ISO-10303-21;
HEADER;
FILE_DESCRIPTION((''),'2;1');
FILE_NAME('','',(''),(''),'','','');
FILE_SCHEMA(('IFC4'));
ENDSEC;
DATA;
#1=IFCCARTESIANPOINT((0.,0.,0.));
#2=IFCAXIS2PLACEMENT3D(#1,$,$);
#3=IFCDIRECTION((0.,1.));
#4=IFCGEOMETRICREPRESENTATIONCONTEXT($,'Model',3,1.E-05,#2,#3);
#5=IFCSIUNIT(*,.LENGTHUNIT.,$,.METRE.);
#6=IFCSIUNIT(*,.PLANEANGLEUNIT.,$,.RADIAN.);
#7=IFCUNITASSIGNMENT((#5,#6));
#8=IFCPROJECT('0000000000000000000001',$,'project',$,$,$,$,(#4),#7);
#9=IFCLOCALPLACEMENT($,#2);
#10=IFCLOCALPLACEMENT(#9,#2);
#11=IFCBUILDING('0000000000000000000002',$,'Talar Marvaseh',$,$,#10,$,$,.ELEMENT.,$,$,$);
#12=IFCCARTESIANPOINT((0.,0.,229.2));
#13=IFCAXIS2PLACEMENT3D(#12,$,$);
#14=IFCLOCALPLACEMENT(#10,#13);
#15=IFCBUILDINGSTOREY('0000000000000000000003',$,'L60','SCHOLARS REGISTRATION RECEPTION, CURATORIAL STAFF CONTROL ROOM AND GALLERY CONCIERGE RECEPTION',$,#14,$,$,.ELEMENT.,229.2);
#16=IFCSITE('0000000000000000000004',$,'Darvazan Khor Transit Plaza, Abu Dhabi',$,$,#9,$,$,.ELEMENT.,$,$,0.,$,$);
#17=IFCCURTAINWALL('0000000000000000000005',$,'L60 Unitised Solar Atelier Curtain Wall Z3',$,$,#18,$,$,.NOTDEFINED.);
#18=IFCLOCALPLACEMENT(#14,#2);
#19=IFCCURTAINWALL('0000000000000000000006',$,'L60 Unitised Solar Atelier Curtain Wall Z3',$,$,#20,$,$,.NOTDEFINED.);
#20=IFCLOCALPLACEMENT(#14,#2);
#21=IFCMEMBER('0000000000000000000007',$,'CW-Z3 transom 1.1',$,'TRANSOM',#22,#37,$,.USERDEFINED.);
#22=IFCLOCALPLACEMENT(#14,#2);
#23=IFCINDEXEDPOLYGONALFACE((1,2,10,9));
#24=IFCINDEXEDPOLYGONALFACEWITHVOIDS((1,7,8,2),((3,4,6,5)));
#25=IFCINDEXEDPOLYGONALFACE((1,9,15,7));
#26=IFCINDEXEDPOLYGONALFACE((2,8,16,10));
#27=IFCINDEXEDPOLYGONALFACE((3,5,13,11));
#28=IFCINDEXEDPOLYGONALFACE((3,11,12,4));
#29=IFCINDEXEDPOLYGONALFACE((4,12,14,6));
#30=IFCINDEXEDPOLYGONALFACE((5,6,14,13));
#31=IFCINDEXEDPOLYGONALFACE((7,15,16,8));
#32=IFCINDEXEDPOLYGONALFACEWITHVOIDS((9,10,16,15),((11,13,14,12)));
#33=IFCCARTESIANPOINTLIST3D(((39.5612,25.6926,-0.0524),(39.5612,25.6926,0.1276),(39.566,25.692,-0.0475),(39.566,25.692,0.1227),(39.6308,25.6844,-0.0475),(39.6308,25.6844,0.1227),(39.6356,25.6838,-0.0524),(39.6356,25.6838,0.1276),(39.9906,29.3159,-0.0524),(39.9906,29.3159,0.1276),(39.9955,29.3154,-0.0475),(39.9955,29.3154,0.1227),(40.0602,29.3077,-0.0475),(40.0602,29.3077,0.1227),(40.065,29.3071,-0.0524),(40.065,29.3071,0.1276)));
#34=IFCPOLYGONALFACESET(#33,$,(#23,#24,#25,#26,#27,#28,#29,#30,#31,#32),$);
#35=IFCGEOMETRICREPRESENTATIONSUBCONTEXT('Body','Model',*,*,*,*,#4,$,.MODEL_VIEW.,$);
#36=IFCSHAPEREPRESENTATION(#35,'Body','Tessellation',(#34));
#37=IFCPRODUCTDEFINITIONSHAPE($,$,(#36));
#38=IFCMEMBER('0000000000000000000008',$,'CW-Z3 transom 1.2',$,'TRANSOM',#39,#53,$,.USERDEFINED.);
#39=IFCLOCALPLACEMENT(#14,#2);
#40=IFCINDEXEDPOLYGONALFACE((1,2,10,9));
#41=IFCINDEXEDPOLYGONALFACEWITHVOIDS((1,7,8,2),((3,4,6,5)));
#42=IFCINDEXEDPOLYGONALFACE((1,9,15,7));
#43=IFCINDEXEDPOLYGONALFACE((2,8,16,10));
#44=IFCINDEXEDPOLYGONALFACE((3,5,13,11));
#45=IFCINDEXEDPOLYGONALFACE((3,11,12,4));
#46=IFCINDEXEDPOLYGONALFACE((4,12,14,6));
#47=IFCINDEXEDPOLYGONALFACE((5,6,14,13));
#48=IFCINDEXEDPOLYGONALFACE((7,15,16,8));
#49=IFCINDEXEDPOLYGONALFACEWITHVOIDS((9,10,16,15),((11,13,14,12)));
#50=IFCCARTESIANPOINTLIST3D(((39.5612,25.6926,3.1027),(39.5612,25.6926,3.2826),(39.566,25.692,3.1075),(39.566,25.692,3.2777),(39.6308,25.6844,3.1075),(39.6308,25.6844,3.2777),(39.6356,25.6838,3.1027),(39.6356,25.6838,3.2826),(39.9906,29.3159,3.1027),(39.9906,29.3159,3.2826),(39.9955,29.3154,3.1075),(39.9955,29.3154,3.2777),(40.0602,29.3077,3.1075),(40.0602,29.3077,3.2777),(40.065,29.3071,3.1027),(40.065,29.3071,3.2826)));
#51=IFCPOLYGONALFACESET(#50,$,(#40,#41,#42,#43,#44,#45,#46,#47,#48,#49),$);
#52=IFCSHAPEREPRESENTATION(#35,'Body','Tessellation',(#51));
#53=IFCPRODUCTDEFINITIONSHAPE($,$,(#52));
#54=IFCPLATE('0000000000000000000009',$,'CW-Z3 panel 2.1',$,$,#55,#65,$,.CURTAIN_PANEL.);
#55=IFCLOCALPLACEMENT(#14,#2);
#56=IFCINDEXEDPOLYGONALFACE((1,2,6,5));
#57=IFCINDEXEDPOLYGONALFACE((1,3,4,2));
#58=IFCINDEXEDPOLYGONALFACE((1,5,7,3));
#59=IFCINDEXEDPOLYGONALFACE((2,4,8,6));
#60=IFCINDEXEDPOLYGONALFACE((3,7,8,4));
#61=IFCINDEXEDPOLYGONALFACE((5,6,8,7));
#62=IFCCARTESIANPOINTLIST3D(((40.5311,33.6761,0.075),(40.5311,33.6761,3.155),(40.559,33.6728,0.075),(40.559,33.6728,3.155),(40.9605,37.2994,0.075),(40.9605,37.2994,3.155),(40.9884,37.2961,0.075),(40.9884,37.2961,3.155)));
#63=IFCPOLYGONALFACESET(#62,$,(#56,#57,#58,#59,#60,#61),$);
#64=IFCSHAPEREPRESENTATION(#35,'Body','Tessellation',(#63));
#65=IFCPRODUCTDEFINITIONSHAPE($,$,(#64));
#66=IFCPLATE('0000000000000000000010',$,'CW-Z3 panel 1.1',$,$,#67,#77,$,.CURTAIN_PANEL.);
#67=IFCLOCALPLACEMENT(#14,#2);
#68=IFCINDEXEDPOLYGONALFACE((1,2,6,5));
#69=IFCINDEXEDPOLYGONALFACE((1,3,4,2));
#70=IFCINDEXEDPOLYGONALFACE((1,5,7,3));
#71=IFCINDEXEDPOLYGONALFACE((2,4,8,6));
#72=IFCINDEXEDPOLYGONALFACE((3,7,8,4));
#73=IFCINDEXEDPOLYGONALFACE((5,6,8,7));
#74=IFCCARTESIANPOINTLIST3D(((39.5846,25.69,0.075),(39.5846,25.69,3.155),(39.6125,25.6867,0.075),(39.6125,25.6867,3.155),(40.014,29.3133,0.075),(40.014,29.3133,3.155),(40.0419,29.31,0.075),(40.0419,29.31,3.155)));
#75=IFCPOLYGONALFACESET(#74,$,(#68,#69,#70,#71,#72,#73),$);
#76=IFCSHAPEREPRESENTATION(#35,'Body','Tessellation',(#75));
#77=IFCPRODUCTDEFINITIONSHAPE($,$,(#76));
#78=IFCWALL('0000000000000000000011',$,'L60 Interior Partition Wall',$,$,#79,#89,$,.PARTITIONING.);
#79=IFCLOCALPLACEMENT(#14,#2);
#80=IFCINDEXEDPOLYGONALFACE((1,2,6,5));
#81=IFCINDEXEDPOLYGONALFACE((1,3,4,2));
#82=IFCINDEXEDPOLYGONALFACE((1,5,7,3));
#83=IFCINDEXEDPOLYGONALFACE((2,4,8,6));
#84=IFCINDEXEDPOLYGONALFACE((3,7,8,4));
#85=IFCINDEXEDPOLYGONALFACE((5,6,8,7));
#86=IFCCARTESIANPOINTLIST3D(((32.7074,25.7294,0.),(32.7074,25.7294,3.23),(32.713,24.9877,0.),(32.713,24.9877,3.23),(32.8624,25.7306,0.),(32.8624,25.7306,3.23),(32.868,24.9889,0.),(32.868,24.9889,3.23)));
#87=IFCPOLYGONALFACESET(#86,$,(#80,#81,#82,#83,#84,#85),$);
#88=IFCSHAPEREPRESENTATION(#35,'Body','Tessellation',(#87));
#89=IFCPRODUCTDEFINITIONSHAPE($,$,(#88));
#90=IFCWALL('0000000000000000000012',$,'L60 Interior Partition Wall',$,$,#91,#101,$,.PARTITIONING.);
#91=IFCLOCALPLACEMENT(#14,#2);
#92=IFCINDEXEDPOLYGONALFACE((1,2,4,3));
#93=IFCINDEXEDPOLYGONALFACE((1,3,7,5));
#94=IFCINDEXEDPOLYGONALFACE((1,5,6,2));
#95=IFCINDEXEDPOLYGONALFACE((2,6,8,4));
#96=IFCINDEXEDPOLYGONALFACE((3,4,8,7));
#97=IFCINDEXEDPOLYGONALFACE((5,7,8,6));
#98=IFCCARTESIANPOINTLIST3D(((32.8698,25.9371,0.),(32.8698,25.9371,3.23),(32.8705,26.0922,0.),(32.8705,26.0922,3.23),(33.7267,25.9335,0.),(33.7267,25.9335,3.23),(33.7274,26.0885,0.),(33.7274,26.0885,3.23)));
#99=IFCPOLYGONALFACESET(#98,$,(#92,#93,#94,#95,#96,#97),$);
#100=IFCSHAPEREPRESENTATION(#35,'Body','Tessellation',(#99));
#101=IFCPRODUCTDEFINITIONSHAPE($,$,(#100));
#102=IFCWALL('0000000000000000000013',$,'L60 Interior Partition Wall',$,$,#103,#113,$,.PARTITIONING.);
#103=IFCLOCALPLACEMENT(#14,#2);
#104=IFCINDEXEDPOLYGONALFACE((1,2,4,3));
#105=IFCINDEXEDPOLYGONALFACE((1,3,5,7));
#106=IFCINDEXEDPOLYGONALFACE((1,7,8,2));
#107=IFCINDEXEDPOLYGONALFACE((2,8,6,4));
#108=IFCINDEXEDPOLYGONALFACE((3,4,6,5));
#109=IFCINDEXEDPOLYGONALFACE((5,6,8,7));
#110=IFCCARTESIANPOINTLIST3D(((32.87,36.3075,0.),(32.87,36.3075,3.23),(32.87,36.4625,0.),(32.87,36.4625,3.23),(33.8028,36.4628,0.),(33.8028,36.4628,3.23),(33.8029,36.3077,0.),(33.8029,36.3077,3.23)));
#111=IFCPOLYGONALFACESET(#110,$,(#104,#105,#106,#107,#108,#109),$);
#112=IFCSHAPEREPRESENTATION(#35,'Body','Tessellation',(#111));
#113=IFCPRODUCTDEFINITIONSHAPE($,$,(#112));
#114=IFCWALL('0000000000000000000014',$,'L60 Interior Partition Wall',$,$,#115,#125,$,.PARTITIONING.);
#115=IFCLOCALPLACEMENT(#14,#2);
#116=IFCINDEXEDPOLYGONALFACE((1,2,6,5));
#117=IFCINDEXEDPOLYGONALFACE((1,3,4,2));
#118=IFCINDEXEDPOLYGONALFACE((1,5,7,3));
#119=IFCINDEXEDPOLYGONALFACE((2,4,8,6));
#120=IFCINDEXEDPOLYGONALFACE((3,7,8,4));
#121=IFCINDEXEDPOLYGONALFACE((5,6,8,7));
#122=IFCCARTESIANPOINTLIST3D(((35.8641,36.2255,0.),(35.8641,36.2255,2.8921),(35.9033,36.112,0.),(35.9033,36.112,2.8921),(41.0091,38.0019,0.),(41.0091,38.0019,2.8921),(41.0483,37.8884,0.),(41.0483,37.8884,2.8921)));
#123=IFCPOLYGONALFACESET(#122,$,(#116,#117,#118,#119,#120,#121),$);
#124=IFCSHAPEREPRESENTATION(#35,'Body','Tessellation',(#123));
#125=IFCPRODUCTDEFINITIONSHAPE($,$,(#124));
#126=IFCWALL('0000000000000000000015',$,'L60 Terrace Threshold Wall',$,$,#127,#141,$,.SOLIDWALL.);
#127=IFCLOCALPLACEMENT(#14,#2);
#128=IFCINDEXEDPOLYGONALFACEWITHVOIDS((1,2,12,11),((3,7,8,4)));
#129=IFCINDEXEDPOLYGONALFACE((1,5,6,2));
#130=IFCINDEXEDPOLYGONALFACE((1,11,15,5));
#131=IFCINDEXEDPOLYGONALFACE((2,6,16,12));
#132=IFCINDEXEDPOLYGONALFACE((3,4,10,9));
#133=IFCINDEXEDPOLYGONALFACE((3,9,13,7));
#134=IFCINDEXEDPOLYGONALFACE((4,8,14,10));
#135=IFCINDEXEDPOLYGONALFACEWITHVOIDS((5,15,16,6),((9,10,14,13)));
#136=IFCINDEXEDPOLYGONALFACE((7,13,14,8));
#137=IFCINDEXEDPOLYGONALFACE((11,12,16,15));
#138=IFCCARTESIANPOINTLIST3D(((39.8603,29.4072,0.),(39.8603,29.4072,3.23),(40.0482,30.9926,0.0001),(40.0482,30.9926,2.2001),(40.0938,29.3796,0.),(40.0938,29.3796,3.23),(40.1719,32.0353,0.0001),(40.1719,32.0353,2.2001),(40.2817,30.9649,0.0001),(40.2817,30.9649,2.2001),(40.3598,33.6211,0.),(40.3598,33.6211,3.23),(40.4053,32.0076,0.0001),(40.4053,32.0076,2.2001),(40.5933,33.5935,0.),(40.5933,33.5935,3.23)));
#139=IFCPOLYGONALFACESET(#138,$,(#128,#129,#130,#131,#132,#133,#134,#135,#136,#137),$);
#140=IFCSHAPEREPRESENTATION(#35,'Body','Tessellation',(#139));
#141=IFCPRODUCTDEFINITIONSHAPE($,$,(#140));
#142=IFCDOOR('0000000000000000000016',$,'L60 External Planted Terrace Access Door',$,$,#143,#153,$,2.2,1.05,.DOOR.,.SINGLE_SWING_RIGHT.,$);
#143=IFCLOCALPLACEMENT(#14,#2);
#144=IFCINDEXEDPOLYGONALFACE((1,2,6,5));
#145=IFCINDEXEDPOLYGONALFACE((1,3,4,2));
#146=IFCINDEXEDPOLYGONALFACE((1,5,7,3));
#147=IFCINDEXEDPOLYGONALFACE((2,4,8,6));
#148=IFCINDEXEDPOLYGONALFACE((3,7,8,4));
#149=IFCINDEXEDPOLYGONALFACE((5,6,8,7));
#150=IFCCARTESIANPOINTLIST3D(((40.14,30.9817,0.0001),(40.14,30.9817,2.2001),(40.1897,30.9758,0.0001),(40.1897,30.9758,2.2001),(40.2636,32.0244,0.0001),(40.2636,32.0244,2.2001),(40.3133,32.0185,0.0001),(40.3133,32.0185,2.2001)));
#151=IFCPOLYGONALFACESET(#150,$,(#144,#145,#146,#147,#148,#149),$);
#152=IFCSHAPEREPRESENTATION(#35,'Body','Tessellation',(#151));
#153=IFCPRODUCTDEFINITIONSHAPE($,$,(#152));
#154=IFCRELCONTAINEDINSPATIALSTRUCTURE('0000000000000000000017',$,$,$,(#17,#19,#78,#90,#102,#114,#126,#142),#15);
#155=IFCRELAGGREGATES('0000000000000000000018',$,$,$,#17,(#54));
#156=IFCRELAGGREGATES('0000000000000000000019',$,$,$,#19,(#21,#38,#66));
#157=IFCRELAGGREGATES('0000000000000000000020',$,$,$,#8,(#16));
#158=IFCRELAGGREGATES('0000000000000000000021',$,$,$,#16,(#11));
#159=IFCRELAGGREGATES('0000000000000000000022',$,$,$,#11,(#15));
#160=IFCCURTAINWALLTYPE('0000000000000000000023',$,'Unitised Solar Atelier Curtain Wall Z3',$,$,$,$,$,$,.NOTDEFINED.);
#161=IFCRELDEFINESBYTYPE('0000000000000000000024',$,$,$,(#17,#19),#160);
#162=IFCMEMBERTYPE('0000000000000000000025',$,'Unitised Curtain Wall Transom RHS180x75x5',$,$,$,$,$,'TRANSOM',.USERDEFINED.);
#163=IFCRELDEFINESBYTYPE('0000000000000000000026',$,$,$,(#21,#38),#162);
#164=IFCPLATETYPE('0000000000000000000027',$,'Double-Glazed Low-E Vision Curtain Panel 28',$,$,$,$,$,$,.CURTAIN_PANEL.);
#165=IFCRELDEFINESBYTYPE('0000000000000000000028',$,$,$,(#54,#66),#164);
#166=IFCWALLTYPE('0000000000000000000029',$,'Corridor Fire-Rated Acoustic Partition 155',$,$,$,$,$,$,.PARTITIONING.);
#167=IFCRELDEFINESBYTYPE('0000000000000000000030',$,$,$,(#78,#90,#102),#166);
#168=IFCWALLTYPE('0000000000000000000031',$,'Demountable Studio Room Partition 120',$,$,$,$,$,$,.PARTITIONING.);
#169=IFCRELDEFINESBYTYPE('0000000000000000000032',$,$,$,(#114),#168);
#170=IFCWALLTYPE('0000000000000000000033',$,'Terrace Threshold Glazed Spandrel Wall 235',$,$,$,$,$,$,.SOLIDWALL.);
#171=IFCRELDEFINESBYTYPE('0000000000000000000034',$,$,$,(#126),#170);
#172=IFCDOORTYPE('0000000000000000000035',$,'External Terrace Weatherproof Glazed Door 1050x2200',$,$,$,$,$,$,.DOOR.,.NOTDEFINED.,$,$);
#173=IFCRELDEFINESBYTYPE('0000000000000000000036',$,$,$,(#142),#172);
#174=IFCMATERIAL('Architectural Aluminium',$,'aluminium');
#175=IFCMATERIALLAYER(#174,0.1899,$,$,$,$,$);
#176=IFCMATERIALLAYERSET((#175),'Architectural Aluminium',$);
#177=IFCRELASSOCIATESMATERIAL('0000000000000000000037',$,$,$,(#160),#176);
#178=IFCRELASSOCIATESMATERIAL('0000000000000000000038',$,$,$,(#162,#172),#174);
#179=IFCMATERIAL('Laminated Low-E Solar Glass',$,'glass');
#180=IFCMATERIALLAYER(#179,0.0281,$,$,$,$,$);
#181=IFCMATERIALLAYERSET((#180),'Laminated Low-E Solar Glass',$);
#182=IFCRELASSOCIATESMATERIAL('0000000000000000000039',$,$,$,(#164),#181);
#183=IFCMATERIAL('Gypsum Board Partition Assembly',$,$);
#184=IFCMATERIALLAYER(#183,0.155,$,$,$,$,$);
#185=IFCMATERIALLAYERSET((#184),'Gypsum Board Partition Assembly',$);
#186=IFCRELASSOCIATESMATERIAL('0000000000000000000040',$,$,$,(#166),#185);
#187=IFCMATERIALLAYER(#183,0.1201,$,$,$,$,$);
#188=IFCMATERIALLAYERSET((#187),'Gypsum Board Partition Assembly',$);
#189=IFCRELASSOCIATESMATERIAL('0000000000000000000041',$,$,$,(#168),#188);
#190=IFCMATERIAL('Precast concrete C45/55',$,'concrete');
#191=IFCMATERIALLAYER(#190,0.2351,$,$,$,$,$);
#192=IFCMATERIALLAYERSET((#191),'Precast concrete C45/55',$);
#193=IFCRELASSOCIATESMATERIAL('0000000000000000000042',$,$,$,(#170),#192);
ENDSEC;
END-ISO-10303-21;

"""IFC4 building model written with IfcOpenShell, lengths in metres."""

from ifc_helpers import new_model, si_unit, direction, frame, frame_2d, origin, origin_2d, place, context, subcontext, project, spatial, rectangle, hollow_rectangle, extrude, source, transform, mapped, material, layer, layer_set, material_profile, profile_set, type_object, type_shapes, element, fill, aggregate, save


model = new_model("IFC4")

# Units and contexts
model_context = context("Model", 3, precision=1e-05, world=origin(), true_north=direction((0.0, 1.0)))
body_context = subcontext(model_context, "Body", "Model", "MODEL_VIEW")
ifc_project = project(units=[si_unit("LENGTHUNIT", "METRE"), si_unit("PLANEANGLEUNIT", "RADIAN")], contexts=[model_context])

# Site, building, storey
site_placement = place(None, origin())
site = spatial("IfcSite", under=ifc_project, at=site_placement, Name="Darvazan Khor Transit Plaza, Abu Dhabi", CompositionType="ELEMENT", RefElevation=0.0)
building_placement = place(site_placement, origin())
building = spatial("IfcBuilding", under=site, at=building_placement, Name="Talar Marvaseh", CompositionType="ELEMENT")
storey_placement = place(building_placement, frame((0.0, 0.0, 229.2)))
storey = spatial("IfcBuildingStorey", under=building, at=storey_placement, Name="L60", Description="SCHOLARS REGISTRATION RECEPTION, CURATORIAL STAFF CONTROL ROOM AND GALLERY CONCIERGE RECEPTION", CompositionType="ELEMENT", Elevation=229.2)

# Curtain wall
ifc_material_1 = material(Name="Architectural Aluminium", Category="aluminium")
ifc_layer_1 = layer(ifc_material_1, 0.1899)
ifc_layer_set_1 = layer_set([ifc_layer_1], Name="Architectural Aluminium")
curtain_wall_type = type_object("IfcCurtainWallType", Name="Unitised Solar Atelier Curtain Wall Z3", PredefinedType="NOTDEFINED", material=ifc_layer_set_1)
curtain_wall_1_placement = place(storey_placement, origin())
curtain_wall_1 = element("IfcCurtainWall", 1, at=curtain_wall_1_placement, inside=storey, type_object=curtain_wall_type, Name="L60 Unitised Solar Atelier Curtain Wall Z3", PredefinedType="NOTDEFINED")

# Curtain wall, members
curtain_wall_2_placement = place(storey_placement, origin())
curtain_wall_2 = element("IfcCurtainWall", 2, at=curtain_wall_2_placement, inside=storey, type_object=curtain_wall_type, Name="L60 Unitised Solar Atelier Curtain Wall Z3", PredefinedType="NOTDEFINED")
ifc_material_profile_1 = material_profile(ifc_material_1, hollow_rectangle(XDim=0.075, YDim=0.1799, WallThickness=0.0049, at=origin_2d()), Name="RHS180x75x5")
ifc_profile_set_1 = profile_set([ifc_material_profile_1], Name="Architectural Aluminium")
member_type_1 = type_object("IfcMemberType", Name="Unitised Curtain Wall Transom RHS180x75x5", ElementType="TRANSOM", PredefinedType="USERDEFINED", material=ifc_profile_set_1)
shared_shape_1 = source(origin(), body_context, "Body", "SweptSolid", [
    extrude(hollow_rectangle(XDim=0.075, YDim=0.1799, WallThickness=0.0049, at=origin_2d()), origin(), (0.0, 0.0, 1.0), 3.6487),
])
type_shapes(member_type_1, [shared_shape_1])
member_1_placement = place(storey_placement, frame((40.0278, 29.3115, 0.0376), z_axis=(-0.117699, -0.993049, 0.0), x_axis=(0.993049, -0.117699, 0.0)))
member_1 = element("IfcMember", 3, at=member_1_placement, type_object=member_type_1, Name="CW-Z3 transom 1.1", ObjectType="TRANSOM", PredefinedType="USERDEFINED", context=body_context, shape_type="MappedRepresentation", body=[
    mapped(shared_shape_1, transform((0.0, 0.0, 0.0), x_axis=(1.0, 0.0, 0.0), y_axis=(0.0, 1.0, 0.0), z_axis=(0.0, 0.0, 1.0), scale=1.0)),
])
member_2_placement = place(storey_placement, frame((40.0278, 29.3115, 3.1926), z_axis=(-0.117699, -0.993049, 0.0), x_axis=(0.993049, -0.117699, 0.0)))
member_2 = element("IfcMember", 4, at=member_2_placement, type_object=member_type_1, Name="CW-Z3 transom 1.2", ObjectType="TRANSOM", PredefinedType="USERDEFINED", context=body_context, shape_type="MappedRepresentation", body=[
    mapped(shared_shape_1, transform((0.0, 0.0, 0.0), x_axis=(1.0, 0.0, 0.0), y_axis=(0.0, 1.0, 0.0), z_axis=(0.0, 0.0, 1.0), scale=1.0)),
])

# Plates
ifc_material_2 = material(Name="Laminated Low-E Solar Glass", Category="glass")
ifc_layer_2 = layer(ifc_material_2, 0.0281)
ifc_layer_set_2 = layer_set([ifc_layer_2], Name="Laminated Low-E Solar Glass")
plate_type = type_object("IfcPlateType", Name="Double-Glazed Low-E Vision Curtain Panel 28", PredefinedType="CURTAIN_PANEL", material=ifc_layer_set_2)
shared_shape_2 = source(origin(), body_context, "Body", "SweptSolid", [
    extrude(rectangle(XDim=3.6487, YDim=0.0281, at=origin_2d()), origin(), (0.0, 0.0, 1.0), 3.0801),
])
type_shapes(plate_type, [shared_shape_2])
plate_1_placement = place(storey_placement, frame((40.7598, 35.4861, 0.075), z_axis=(0.0, 0.0, 1.0), x_axis=(-0.117689, -0.993051, 0.0)))
plate_1 = element("IfcPlate", 5, at=plate_1_placement, type_object=plate_type, Name="CW-Z3 panel 2.1", PredefinedType="CURTAIN_PANEL", context=body_context, shape_type="MappedRepresentation", body=[
    mapped(shared_shape_2, transform((0.0, 0.0, 0.0), x_axis=(1.0, 0.0, 0.0), y_axis=(0.0, 1.0, 0.0), z_axis=(0.0, 0.0, 1.0), scale=1.0)),
])
aggregate(curtain_wall_1, [plate_1])
plate_2_placement = place(storey_placement, frame((39.8132, 27.5, 0.075), z_axis=(0.0, 0.0, 1.0), x_axis=(-0.117689, -0.993051, 0.0)))
plate_2 = element("IfcPlate", 6, at=plate_2_placement, type_object=plate_type, Name="CW-Z3 panel 1.1", PredefinedType="CURTAIN_PANEL", context=body_context, shape_type="MappedRepresentation", body=[
    mapped(shared_shape_2, transform((0.0, 0.0, 0.0), x_axis=(1.0, 0.0, 0.0), y_axis=(0.0, 1.0, 0.0), z_axis=(0.0, 0.0, 1.0), scale=1.0)),
])
aggregate(curtain_wall_2, [member_1, member_2, plate_2])

# Walls
ifc_material_3 = material(Name="Gypsum Board Partition Assembly")
ifc_layer_3 = layer(ifc_material_3, 0.155)
ifc_layer_set_3 = layer_set([ifc_layer_3], Name="Gypsum Board Partition Assembly")
wall_type_1 = type_object("IfcWallType", Name="Corridor Fire-Rated Acoustic Partition 155", PredefinedType="PARTITIONING", material=ifc_layer_set_3)
wall_1_placement = place(storey_placement, frame((32.7849, 25.73, 0.0), z_axis=(0.0, 0.0, 1.0), x_axis=(0.007571, -0.999971, 0.0)))
element("IfcWall", 7, at=wall_1_placement, inside=storey, type_object=wall_type_1, Name="L60 Interior Partition Wall", PredefinedType="PARTITIONING", context=body_context, shape_type="SweptSolid", body=[
    extrude(rectangle(XDim=0.7417, YDim=0.155, at=frame_2d((0.3708, 0.0))), origin(), (0.0, 0.0, 1.0), 3.23),
])
wall_2_placement = place(storey_placement, frame((33.7271, 26.011, 0.0), z_axis=(0.0, 0.0, 1.0), x_axis=(-0.999991, 0.004273, 0.0)))
element("IfcWall", 8, at=wall_2_placement, inside=storey, type_object=wall_type_1, Name="L60 Interior Partition Wall", PredefinedType="PARTITIONING", context=body_context, shape_type="SweptSolid", body=[
    extrude(rectangle(XDim=0.8569, YDim=0.155, at=frame_2d((0.4285, 0.0))), origin(), (0.0, 0.0, 1.0), 3.23),
])
wall_3_placement = place(storey_placement, frame((32.8701, 36.385, 0.0), z_axis=(0.0, 0.0, 1.0), x_axis=(1.0, 0.000262, 0.0)))
element("IfcWall", 9, at=wall_3_placement, inside=storey, type_object=wall_type_1, Name="L60 Interior Partition Wall", PredefinedType="PARTITIONING", context=body_context, shape_type="SweptSolid", body=[
    extrude(rectangle(XDim=0.9329, YDim=0.155, at=frame_2d((0.4663, 0.0))), origin(), (0.0, 0.0, 1.0), 3.23),
])
ifc_layer_4 = layer(ifc_material_3, 0.1201)
ifc_layer_set_4 = layer_set([ifc_layer_4], Name="Gypsum Board Partition Assembly")
wall_type_2 = type_object("IfcWallType", Name="Demountable Studio Room Partition 120", PredefinedType="PARTITIONING", material=ifc_layer_set_4)
wall_4_placement = place(storey_placement, frame((35.8835, 36.1687, 0.0), z_axis=(0.0, 0.0, 1.0), x_axis=(0.945247, 0.326356, 0.0)))
element("IfcWall", 10, at=wall_4_placement, inside=storey, type_object=wall_type_2, Name="L60 Interior Partition Wall", PredefinedType="PARTITIONING", context=body_context, shape_type="SweptSolid", body=[
    extrude(rectangle(XDim=5.4431, YDim=0.1201, at=frame_2d((2.7217, 0.0))), origin(), (0.0, 0.0, 1.0), 2.8921),
])

# Wall, opening, door
ifc_material_4 = material(Name="Precast concrete C45/55", Category="concrete")
ifc_layer_5 = layer(ifc_material_4, 0.2351)
ifc_layer_set_5 = layer_set([ifc_layer_5], Name="Precast concrete C45/55")
wall_type_3 = type_object("IfcWallType", Name="Terrace Threshold Glazed Spandrel Wall 235", PredefinedType="SOLIDWALL", material=ifc_layer_set_5)
wall_5_placement = place(storey_placement, frame((40.4766, 33.6072, 0.0), z_axis=(0.0, 0.0, 1.0), x_axis=(-0.117716, -0.993047, 0.0)))
wall_5 = element("IfcWall", 11, at=wall_5_placement, inside=storey, type_object=wall_type_3, Name="L60 Terrace Threshold Wall", PredefinedType="SOLIDWALL", context=body_context, shape_type="SweptSolid", body=[
    extrude(rectangle(XDim=4.2434, YDim=0.2351, at=frame_2d((2.1216, 0.0))), origin(), (0.0, 0.0, 1.0), 3.23),
])
opening_1_placement = place(wall_5_placement, frame((1.5969, 0.0, 0.0)))
opening_1 = element("IfcOpeningElement", 12, at=opening_1_placement, cuts=wall_5, PredefinedType="OPENING", context=body_context, shape_type="SweptSolid", body=[
    extrude(rectangle(XDim=1.05, YDim=2.2, at=frame_2d((0.5249, 1.1001))), frame((0.0, 0.1274, 0.0), z_axis=(0.0, -1.0, 0.0), x_axis=(1.0, 0.0, 0.0)), (0.0, 0.0, 1.0), 0.2551),
])
door_type_1 = type_object("IfcDoorType", Name="External Terrace Weatherproof Glazed Door 1050x2200", OperationType="NOTDEFINED", PredefinedType="DOOR", material=ifc_material_1)
shared_shape_3 = source(origin(), body_context, "Body", "SweptSolid", [
    extrude(rectangle(XDim=1.05, YDim=2.2, at=frame_2d((0.5249, 1.1001))), frame((0.0, 0.0249, 0.0), z_axis=(0.0, -1.0, 0.0), x_axis=(1.0, 0.0, 0.0)), (0.0, 0.0, 1.0), 0.05),
])
type_shapes(door_type_1, [shared_shape_3])
door_1_placement = place(opening_1_placement, origin())
door_1 = element("IfcDoor", 13, at=door_1_placement, inside=storey, type_object=door_type_1, Name="L60 External Planted Terrace Access Door", OperationType="SINGLE_SWING_RIGHT", OverallHeight=2.2, OverallWidth=1.05, PredefinedType="DOOR", context=body_context, shape_type="MappedRepresentation", body=[
    mapped(shared_shape_3, transform((0.0, 0.0, 0.0), x_axis=(1.0, 0.0, 0.0), y_axis=(0.0, 1.0, 0.0), z_axis=(0.0, 0.0, 1.0), scale=1.0)),
])
fill(opening_1, door_1)

save(model, "model.ifc")
